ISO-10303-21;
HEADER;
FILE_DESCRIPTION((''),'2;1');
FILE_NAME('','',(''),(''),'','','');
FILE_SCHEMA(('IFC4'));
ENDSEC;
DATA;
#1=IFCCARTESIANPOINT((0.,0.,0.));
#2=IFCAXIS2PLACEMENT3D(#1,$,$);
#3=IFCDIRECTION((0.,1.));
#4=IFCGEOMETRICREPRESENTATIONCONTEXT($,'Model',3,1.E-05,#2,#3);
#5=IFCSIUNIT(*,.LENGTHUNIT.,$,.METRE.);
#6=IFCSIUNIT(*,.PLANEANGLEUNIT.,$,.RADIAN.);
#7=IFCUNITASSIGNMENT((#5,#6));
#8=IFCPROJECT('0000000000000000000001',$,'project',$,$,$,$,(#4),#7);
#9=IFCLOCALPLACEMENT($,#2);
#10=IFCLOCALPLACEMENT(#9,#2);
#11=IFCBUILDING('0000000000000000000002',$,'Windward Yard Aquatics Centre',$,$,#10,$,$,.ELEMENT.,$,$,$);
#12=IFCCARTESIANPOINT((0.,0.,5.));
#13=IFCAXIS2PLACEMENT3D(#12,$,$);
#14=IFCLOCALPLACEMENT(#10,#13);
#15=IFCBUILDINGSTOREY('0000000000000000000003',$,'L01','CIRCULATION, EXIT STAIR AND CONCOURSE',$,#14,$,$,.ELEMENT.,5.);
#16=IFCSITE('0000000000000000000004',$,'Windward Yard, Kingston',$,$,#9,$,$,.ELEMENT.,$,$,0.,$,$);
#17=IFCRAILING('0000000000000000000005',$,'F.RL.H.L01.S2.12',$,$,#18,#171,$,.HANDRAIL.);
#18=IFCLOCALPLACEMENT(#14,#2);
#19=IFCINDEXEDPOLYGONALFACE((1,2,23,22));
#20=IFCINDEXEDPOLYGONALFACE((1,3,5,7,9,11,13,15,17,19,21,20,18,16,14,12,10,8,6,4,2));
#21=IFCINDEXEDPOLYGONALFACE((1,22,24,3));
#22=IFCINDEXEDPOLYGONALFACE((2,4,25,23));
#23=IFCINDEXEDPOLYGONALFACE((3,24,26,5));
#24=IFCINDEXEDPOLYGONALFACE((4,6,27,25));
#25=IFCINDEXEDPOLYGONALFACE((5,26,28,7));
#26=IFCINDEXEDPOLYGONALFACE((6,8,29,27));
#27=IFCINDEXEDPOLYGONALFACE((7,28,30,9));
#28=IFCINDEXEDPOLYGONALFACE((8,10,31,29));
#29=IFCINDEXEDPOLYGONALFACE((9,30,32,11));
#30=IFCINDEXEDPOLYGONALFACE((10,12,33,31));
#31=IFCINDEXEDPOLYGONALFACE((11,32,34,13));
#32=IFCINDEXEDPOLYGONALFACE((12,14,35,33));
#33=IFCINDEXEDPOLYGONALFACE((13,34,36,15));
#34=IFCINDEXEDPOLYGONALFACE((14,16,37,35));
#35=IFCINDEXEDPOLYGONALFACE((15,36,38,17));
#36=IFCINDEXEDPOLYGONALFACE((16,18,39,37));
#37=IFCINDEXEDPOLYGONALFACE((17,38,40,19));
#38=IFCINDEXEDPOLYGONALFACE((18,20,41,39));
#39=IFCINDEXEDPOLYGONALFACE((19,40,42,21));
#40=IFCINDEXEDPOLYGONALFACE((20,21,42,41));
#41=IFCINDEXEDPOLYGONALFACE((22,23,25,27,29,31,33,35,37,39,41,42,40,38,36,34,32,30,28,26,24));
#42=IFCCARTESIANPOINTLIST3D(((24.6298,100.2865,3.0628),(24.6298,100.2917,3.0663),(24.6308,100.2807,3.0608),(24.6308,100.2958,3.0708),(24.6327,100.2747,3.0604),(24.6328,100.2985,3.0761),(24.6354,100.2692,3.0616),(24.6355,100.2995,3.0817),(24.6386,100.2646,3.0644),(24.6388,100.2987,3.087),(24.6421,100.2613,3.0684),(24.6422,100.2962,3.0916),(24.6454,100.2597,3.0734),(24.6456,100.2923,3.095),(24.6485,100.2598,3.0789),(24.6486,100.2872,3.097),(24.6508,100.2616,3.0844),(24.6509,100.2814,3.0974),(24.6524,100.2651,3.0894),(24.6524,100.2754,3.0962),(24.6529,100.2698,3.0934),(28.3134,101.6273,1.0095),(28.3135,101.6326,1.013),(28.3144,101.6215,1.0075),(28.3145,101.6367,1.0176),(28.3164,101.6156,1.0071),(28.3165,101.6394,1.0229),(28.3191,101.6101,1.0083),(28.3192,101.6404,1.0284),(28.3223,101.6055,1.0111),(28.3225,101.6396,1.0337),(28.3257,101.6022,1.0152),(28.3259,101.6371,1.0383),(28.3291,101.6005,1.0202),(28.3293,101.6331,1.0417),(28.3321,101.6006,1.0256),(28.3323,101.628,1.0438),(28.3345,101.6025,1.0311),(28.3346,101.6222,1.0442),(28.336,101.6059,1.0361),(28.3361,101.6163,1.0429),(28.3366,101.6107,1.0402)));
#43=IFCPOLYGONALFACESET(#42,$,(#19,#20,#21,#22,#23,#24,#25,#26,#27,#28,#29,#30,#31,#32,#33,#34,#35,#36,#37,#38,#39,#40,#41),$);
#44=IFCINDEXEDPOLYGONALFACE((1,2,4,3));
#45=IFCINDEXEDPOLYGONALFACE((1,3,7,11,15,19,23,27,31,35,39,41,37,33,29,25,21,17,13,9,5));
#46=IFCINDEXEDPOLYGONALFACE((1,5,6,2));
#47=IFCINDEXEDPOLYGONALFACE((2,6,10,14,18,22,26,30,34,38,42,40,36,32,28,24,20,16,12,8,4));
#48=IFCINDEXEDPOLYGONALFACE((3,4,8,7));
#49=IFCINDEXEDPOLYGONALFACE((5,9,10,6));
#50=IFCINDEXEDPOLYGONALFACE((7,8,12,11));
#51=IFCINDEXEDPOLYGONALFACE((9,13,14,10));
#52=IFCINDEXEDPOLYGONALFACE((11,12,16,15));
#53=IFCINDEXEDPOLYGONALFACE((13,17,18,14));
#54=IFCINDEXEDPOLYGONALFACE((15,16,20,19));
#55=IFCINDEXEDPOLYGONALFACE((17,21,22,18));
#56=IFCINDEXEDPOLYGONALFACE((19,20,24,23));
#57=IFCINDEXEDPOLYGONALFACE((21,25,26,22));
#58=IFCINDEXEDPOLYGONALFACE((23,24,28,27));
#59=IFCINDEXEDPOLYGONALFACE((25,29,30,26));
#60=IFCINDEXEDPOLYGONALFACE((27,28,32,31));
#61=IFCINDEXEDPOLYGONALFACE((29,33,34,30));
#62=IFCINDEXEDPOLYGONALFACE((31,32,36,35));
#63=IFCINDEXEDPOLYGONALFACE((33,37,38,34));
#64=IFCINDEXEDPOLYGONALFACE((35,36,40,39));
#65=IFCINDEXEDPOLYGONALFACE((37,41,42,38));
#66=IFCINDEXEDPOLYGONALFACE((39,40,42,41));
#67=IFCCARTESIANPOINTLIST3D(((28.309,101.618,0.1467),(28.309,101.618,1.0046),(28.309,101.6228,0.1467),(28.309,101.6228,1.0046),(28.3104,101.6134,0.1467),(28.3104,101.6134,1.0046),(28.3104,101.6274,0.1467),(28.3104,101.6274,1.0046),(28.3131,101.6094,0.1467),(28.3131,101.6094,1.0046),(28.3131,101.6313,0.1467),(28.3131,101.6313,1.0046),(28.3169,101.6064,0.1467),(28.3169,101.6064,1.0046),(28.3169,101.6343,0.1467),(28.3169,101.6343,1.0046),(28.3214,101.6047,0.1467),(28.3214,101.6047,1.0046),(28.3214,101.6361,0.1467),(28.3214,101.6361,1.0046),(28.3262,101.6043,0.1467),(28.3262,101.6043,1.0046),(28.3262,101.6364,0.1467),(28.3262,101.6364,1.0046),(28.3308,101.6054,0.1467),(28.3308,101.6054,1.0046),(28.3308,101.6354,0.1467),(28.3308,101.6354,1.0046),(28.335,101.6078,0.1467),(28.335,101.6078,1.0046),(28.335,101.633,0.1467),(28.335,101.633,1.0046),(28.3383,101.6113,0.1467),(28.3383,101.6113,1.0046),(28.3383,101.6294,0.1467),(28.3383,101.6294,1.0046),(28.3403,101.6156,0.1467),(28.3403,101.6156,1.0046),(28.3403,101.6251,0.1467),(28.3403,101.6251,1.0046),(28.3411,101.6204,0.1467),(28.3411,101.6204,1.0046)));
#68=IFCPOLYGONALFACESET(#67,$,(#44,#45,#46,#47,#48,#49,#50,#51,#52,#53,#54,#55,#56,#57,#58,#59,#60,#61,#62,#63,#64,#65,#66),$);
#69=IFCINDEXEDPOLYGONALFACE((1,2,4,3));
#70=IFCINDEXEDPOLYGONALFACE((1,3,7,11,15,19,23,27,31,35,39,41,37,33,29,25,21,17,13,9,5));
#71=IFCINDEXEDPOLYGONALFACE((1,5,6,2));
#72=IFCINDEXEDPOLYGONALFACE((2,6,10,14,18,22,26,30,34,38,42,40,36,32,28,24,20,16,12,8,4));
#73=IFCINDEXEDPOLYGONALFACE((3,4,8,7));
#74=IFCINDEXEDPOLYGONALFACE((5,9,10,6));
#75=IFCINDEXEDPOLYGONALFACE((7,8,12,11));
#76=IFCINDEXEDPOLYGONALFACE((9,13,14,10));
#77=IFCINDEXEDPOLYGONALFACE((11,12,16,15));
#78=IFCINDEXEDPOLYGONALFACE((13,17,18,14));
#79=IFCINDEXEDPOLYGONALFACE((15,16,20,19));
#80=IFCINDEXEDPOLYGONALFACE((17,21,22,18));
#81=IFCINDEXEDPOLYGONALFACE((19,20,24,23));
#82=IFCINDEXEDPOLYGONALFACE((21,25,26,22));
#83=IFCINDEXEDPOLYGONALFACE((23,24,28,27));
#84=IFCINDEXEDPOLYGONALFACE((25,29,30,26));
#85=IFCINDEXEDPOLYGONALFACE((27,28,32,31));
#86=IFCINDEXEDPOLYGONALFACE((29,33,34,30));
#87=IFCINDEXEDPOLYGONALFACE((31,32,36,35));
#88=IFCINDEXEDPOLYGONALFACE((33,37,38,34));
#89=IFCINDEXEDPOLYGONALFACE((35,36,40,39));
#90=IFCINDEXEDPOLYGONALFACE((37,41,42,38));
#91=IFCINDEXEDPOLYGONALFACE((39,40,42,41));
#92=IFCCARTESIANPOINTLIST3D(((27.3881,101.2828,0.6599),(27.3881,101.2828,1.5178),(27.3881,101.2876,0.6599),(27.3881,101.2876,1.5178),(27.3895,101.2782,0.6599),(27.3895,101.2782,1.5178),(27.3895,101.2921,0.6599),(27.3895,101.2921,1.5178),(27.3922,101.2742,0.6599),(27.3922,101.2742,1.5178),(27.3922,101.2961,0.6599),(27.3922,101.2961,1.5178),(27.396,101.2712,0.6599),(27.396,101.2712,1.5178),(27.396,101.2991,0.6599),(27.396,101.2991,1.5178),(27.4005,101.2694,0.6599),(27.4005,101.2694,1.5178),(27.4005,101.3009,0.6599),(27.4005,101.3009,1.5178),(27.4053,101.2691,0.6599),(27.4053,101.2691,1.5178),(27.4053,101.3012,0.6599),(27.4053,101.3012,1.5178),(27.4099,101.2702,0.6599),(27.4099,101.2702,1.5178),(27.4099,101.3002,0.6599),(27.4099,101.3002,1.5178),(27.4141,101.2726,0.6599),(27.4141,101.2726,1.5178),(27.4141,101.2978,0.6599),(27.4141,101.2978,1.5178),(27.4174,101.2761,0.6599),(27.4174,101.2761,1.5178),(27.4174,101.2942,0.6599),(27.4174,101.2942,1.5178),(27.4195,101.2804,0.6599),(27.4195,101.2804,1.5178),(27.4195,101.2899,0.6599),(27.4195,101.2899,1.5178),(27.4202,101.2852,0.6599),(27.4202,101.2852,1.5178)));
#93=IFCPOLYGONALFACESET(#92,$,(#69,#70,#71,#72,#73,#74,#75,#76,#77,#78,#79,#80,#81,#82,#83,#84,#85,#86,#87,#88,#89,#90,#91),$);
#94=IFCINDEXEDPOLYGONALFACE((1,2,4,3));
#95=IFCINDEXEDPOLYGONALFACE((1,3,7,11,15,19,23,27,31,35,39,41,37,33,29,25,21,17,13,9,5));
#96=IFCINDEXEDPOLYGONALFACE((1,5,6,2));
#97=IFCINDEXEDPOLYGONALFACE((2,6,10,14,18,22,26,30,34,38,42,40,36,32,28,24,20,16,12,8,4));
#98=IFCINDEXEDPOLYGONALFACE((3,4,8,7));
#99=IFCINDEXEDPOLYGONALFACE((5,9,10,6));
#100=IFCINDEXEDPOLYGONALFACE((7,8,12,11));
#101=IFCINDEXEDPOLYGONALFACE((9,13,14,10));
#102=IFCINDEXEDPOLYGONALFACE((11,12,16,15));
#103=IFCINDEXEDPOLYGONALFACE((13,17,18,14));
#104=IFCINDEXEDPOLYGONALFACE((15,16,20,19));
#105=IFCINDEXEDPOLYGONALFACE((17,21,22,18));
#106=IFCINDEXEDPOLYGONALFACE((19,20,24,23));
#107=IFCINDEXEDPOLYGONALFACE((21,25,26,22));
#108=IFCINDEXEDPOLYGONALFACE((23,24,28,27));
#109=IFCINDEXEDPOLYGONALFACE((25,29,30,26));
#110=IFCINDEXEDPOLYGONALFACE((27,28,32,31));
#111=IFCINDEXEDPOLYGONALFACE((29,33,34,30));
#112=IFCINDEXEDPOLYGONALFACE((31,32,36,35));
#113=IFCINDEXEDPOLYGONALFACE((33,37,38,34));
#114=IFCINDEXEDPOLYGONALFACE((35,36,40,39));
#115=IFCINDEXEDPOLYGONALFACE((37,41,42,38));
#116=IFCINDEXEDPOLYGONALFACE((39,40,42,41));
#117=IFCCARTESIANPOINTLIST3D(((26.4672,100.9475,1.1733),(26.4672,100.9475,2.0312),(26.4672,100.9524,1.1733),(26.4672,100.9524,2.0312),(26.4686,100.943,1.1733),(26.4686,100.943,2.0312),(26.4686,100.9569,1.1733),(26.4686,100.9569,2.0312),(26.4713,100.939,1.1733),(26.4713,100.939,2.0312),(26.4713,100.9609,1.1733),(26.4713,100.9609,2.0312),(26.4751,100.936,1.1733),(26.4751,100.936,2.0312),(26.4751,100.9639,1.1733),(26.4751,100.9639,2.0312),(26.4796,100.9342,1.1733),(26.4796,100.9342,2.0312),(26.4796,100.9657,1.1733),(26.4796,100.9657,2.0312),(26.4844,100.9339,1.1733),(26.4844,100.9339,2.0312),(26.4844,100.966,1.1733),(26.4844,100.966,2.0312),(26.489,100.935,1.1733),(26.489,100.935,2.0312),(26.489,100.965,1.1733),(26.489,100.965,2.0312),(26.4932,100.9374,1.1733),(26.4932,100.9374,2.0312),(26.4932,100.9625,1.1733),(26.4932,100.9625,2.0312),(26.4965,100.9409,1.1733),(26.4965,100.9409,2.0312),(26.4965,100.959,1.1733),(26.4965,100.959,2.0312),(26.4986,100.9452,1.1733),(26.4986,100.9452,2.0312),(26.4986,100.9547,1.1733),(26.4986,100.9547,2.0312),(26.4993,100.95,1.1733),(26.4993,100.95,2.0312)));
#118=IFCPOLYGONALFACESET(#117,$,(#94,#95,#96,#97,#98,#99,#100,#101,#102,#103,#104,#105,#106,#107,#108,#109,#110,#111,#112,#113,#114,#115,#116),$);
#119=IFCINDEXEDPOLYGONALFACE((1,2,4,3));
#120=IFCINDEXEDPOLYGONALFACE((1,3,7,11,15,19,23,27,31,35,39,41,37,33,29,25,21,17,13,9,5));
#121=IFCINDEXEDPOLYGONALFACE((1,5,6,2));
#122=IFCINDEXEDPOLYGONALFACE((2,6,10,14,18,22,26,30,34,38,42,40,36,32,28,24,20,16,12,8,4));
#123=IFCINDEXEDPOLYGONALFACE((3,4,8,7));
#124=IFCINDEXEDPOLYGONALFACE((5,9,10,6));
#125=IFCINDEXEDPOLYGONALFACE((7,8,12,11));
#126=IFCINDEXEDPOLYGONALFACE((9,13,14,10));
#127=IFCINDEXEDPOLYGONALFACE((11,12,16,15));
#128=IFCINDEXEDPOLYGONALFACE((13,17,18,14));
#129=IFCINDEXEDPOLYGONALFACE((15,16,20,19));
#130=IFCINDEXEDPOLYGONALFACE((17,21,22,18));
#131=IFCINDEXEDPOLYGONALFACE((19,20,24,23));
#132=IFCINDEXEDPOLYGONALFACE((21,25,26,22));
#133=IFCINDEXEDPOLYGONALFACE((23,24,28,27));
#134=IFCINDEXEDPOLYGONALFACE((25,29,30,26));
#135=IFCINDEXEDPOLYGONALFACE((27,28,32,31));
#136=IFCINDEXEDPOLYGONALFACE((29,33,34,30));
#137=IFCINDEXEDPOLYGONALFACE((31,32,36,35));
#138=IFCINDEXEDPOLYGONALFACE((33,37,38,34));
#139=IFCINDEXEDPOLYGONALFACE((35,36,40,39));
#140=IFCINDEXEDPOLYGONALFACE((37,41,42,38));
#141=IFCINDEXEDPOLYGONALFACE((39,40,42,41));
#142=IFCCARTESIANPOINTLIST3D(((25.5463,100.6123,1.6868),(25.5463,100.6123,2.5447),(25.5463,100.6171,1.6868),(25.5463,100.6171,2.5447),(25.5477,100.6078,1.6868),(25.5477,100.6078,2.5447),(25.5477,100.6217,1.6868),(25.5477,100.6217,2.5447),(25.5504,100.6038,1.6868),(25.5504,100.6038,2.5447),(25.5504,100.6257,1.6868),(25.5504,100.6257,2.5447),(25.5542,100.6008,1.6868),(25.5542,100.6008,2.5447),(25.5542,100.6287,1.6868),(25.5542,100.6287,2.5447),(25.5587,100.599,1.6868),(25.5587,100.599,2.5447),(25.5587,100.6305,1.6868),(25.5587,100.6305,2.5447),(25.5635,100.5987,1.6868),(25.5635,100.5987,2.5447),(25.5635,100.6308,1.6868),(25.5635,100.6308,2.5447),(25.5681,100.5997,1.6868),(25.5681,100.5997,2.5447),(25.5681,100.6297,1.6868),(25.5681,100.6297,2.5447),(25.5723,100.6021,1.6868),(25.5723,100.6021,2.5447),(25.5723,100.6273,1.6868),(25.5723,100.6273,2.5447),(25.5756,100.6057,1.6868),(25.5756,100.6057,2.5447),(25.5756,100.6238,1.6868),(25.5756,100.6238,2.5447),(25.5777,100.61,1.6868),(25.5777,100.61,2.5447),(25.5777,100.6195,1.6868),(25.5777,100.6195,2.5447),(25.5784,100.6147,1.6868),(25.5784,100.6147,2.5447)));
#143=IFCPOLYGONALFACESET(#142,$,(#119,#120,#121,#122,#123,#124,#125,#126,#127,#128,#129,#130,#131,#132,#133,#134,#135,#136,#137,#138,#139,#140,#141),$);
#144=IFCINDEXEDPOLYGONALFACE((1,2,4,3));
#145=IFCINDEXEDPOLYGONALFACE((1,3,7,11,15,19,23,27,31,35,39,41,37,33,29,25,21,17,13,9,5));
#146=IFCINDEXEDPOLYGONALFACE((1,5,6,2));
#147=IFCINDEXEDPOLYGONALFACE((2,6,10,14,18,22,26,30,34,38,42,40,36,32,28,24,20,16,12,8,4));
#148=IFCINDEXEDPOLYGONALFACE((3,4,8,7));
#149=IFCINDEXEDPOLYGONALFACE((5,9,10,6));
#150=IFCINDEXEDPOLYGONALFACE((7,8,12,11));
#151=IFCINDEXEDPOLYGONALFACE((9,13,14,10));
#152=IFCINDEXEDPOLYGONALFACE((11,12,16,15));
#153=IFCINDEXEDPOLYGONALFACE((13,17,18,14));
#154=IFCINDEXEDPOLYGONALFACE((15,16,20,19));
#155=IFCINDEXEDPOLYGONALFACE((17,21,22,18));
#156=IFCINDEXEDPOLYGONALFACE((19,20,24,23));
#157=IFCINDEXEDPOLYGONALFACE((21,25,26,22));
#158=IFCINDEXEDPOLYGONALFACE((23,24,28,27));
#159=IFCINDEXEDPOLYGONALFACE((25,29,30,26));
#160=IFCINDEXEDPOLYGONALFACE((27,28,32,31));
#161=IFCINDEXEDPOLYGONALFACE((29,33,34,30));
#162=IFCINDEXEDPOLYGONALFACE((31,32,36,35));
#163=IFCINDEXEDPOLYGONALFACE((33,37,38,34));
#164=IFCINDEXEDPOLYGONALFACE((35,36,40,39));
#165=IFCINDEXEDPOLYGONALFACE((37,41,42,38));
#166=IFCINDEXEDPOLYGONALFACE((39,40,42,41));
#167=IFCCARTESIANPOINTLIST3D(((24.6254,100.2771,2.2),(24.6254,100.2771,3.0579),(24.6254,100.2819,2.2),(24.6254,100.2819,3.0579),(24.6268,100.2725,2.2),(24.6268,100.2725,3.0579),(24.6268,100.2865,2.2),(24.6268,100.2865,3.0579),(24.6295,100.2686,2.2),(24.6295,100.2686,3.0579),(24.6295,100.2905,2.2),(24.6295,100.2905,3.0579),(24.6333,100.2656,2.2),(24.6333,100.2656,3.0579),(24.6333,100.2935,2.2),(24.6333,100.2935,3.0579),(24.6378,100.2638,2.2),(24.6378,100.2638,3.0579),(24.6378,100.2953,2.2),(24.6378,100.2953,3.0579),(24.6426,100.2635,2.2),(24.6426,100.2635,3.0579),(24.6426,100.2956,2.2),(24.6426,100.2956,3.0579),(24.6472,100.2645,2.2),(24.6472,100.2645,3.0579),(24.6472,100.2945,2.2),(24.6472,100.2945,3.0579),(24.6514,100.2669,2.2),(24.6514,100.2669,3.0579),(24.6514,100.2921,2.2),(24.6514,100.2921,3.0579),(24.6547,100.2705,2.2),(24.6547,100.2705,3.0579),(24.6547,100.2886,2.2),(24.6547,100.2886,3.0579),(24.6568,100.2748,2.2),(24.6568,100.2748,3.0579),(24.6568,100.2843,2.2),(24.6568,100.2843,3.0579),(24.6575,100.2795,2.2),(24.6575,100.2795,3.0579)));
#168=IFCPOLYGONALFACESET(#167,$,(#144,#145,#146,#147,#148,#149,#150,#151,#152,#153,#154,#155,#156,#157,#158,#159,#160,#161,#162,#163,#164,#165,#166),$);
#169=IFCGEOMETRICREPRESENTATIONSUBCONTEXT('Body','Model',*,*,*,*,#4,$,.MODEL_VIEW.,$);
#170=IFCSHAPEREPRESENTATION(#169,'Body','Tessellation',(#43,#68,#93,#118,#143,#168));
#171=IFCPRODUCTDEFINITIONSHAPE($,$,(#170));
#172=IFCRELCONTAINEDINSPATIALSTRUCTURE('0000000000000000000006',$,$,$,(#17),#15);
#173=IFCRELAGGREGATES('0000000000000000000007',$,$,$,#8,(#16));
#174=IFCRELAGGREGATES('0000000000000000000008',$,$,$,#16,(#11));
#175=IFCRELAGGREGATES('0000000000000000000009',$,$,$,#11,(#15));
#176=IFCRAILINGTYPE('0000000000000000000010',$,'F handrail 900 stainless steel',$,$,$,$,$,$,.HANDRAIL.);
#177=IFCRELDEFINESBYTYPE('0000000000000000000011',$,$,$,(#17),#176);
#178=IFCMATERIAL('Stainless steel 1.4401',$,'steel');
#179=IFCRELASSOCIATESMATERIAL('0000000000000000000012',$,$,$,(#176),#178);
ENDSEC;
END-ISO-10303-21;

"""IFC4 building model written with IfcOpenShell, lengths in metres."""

from ifc_helpers import new_model, si_unit, direction, frame, origin, origin_2d, place, context, subcontext, project, spatial, circle, extrude, material, type_object, element, save


model = new_model("IFC4")

# Units and contexts
model_context = context("Model", 3, precision=1e-05, world=origin(), true_north=direction((0.0, 1.0)))
body_context = subcontext(model_context, "Body", "Model", "MODEL_VIEW")
ifc_project = project(units=[si_unit("LENGTHUNIT", "METRE"), si_unit("PLANEANGLEUNIT", "RADIAN")], contexts=[model_context])

# Site, building, storey
site_placement = place(None, origin())
site = spatial("IfcSite", under=ifc_project, at=site_placement, Name="Windward Yard, Kingston", CompositionType="ELEMENT", RefElevation=0.0)
building_placement = place(site_placement, origin())
building = spatial("IfcBuilding", under=site, at=building_placement, Name="Windward Yard Aquatics Centre", CompositionType="ELEMENT")
storey_placement = place(building_placement, frame((0.0, 0.0, 5.0)))
storey = spatial("IfcBuildingStorey", under=building, at=storey_placement, Name="L01", Description="CIRCULATION, EXIT STAIR AND CONCOURSE", CompositionType="ELEMENT", Elevation=5.0)

# Railing
ifc_material_1 = material(Name="Stainless steel 1.4401", Category="steel")
railing_type = type_object("IfcRailingType", Name="F handrail 900 stainless steel", PredefinedType="HANDRAIL", material=ifc_material_1)
for number, where, name in (
    (1, (28.325, 101.6204, 0.1467), "F.RL.H.L01.S2.12"),
):
    element("IfcRailing", number, at=place(storey_placement, frame(where)), inside=storey, type_object=railing_type, Name=name, PredefinedType="HANDRAIL", context=body_context, shape_type="SweptSolid", body=[
        extrude(circle(Radius=0.021, at=origin_2d()), frame((0.0, 0.0, 0.8789), z_axis=(-0.832413, -0.302997, 0.463984), x_axis=(0.342043, -0.939684, 0.0)), (0.0, 0.0, 1.0), 4.4253),
        extrude(circle(Radius=0.0161, at=origin_2d()), origin(), (0.0, 0.0, 1.0), 0.8579),
        extrude(circle(Radius=0.0161, at=origin_2d()), frame((-0.9209, -0.3352, 0.5132)), (0.0, 0.0, 1.0), 0.8579),
        extrude(circle(Radius=0.0161, at=origin_2d()), frame((-1.8418, -0.6704, 1.0266)), (0.0, 0.0, 1.0), 0.8579),
        extrude(circle(Radius=0.0161, at=origin_2d()), frame((-2.7627, -1.0056, 1.54)), (0.0, 0.0, 1.0), 0.8579),
        extrude(circle(Radius=0.0161, at=origin_2d()), frame((-3.6836, -1.3408, 2.0532)), (0.0, 0.0, 1.0), 0.8579),
    ])

save(model, "model.ifc")
